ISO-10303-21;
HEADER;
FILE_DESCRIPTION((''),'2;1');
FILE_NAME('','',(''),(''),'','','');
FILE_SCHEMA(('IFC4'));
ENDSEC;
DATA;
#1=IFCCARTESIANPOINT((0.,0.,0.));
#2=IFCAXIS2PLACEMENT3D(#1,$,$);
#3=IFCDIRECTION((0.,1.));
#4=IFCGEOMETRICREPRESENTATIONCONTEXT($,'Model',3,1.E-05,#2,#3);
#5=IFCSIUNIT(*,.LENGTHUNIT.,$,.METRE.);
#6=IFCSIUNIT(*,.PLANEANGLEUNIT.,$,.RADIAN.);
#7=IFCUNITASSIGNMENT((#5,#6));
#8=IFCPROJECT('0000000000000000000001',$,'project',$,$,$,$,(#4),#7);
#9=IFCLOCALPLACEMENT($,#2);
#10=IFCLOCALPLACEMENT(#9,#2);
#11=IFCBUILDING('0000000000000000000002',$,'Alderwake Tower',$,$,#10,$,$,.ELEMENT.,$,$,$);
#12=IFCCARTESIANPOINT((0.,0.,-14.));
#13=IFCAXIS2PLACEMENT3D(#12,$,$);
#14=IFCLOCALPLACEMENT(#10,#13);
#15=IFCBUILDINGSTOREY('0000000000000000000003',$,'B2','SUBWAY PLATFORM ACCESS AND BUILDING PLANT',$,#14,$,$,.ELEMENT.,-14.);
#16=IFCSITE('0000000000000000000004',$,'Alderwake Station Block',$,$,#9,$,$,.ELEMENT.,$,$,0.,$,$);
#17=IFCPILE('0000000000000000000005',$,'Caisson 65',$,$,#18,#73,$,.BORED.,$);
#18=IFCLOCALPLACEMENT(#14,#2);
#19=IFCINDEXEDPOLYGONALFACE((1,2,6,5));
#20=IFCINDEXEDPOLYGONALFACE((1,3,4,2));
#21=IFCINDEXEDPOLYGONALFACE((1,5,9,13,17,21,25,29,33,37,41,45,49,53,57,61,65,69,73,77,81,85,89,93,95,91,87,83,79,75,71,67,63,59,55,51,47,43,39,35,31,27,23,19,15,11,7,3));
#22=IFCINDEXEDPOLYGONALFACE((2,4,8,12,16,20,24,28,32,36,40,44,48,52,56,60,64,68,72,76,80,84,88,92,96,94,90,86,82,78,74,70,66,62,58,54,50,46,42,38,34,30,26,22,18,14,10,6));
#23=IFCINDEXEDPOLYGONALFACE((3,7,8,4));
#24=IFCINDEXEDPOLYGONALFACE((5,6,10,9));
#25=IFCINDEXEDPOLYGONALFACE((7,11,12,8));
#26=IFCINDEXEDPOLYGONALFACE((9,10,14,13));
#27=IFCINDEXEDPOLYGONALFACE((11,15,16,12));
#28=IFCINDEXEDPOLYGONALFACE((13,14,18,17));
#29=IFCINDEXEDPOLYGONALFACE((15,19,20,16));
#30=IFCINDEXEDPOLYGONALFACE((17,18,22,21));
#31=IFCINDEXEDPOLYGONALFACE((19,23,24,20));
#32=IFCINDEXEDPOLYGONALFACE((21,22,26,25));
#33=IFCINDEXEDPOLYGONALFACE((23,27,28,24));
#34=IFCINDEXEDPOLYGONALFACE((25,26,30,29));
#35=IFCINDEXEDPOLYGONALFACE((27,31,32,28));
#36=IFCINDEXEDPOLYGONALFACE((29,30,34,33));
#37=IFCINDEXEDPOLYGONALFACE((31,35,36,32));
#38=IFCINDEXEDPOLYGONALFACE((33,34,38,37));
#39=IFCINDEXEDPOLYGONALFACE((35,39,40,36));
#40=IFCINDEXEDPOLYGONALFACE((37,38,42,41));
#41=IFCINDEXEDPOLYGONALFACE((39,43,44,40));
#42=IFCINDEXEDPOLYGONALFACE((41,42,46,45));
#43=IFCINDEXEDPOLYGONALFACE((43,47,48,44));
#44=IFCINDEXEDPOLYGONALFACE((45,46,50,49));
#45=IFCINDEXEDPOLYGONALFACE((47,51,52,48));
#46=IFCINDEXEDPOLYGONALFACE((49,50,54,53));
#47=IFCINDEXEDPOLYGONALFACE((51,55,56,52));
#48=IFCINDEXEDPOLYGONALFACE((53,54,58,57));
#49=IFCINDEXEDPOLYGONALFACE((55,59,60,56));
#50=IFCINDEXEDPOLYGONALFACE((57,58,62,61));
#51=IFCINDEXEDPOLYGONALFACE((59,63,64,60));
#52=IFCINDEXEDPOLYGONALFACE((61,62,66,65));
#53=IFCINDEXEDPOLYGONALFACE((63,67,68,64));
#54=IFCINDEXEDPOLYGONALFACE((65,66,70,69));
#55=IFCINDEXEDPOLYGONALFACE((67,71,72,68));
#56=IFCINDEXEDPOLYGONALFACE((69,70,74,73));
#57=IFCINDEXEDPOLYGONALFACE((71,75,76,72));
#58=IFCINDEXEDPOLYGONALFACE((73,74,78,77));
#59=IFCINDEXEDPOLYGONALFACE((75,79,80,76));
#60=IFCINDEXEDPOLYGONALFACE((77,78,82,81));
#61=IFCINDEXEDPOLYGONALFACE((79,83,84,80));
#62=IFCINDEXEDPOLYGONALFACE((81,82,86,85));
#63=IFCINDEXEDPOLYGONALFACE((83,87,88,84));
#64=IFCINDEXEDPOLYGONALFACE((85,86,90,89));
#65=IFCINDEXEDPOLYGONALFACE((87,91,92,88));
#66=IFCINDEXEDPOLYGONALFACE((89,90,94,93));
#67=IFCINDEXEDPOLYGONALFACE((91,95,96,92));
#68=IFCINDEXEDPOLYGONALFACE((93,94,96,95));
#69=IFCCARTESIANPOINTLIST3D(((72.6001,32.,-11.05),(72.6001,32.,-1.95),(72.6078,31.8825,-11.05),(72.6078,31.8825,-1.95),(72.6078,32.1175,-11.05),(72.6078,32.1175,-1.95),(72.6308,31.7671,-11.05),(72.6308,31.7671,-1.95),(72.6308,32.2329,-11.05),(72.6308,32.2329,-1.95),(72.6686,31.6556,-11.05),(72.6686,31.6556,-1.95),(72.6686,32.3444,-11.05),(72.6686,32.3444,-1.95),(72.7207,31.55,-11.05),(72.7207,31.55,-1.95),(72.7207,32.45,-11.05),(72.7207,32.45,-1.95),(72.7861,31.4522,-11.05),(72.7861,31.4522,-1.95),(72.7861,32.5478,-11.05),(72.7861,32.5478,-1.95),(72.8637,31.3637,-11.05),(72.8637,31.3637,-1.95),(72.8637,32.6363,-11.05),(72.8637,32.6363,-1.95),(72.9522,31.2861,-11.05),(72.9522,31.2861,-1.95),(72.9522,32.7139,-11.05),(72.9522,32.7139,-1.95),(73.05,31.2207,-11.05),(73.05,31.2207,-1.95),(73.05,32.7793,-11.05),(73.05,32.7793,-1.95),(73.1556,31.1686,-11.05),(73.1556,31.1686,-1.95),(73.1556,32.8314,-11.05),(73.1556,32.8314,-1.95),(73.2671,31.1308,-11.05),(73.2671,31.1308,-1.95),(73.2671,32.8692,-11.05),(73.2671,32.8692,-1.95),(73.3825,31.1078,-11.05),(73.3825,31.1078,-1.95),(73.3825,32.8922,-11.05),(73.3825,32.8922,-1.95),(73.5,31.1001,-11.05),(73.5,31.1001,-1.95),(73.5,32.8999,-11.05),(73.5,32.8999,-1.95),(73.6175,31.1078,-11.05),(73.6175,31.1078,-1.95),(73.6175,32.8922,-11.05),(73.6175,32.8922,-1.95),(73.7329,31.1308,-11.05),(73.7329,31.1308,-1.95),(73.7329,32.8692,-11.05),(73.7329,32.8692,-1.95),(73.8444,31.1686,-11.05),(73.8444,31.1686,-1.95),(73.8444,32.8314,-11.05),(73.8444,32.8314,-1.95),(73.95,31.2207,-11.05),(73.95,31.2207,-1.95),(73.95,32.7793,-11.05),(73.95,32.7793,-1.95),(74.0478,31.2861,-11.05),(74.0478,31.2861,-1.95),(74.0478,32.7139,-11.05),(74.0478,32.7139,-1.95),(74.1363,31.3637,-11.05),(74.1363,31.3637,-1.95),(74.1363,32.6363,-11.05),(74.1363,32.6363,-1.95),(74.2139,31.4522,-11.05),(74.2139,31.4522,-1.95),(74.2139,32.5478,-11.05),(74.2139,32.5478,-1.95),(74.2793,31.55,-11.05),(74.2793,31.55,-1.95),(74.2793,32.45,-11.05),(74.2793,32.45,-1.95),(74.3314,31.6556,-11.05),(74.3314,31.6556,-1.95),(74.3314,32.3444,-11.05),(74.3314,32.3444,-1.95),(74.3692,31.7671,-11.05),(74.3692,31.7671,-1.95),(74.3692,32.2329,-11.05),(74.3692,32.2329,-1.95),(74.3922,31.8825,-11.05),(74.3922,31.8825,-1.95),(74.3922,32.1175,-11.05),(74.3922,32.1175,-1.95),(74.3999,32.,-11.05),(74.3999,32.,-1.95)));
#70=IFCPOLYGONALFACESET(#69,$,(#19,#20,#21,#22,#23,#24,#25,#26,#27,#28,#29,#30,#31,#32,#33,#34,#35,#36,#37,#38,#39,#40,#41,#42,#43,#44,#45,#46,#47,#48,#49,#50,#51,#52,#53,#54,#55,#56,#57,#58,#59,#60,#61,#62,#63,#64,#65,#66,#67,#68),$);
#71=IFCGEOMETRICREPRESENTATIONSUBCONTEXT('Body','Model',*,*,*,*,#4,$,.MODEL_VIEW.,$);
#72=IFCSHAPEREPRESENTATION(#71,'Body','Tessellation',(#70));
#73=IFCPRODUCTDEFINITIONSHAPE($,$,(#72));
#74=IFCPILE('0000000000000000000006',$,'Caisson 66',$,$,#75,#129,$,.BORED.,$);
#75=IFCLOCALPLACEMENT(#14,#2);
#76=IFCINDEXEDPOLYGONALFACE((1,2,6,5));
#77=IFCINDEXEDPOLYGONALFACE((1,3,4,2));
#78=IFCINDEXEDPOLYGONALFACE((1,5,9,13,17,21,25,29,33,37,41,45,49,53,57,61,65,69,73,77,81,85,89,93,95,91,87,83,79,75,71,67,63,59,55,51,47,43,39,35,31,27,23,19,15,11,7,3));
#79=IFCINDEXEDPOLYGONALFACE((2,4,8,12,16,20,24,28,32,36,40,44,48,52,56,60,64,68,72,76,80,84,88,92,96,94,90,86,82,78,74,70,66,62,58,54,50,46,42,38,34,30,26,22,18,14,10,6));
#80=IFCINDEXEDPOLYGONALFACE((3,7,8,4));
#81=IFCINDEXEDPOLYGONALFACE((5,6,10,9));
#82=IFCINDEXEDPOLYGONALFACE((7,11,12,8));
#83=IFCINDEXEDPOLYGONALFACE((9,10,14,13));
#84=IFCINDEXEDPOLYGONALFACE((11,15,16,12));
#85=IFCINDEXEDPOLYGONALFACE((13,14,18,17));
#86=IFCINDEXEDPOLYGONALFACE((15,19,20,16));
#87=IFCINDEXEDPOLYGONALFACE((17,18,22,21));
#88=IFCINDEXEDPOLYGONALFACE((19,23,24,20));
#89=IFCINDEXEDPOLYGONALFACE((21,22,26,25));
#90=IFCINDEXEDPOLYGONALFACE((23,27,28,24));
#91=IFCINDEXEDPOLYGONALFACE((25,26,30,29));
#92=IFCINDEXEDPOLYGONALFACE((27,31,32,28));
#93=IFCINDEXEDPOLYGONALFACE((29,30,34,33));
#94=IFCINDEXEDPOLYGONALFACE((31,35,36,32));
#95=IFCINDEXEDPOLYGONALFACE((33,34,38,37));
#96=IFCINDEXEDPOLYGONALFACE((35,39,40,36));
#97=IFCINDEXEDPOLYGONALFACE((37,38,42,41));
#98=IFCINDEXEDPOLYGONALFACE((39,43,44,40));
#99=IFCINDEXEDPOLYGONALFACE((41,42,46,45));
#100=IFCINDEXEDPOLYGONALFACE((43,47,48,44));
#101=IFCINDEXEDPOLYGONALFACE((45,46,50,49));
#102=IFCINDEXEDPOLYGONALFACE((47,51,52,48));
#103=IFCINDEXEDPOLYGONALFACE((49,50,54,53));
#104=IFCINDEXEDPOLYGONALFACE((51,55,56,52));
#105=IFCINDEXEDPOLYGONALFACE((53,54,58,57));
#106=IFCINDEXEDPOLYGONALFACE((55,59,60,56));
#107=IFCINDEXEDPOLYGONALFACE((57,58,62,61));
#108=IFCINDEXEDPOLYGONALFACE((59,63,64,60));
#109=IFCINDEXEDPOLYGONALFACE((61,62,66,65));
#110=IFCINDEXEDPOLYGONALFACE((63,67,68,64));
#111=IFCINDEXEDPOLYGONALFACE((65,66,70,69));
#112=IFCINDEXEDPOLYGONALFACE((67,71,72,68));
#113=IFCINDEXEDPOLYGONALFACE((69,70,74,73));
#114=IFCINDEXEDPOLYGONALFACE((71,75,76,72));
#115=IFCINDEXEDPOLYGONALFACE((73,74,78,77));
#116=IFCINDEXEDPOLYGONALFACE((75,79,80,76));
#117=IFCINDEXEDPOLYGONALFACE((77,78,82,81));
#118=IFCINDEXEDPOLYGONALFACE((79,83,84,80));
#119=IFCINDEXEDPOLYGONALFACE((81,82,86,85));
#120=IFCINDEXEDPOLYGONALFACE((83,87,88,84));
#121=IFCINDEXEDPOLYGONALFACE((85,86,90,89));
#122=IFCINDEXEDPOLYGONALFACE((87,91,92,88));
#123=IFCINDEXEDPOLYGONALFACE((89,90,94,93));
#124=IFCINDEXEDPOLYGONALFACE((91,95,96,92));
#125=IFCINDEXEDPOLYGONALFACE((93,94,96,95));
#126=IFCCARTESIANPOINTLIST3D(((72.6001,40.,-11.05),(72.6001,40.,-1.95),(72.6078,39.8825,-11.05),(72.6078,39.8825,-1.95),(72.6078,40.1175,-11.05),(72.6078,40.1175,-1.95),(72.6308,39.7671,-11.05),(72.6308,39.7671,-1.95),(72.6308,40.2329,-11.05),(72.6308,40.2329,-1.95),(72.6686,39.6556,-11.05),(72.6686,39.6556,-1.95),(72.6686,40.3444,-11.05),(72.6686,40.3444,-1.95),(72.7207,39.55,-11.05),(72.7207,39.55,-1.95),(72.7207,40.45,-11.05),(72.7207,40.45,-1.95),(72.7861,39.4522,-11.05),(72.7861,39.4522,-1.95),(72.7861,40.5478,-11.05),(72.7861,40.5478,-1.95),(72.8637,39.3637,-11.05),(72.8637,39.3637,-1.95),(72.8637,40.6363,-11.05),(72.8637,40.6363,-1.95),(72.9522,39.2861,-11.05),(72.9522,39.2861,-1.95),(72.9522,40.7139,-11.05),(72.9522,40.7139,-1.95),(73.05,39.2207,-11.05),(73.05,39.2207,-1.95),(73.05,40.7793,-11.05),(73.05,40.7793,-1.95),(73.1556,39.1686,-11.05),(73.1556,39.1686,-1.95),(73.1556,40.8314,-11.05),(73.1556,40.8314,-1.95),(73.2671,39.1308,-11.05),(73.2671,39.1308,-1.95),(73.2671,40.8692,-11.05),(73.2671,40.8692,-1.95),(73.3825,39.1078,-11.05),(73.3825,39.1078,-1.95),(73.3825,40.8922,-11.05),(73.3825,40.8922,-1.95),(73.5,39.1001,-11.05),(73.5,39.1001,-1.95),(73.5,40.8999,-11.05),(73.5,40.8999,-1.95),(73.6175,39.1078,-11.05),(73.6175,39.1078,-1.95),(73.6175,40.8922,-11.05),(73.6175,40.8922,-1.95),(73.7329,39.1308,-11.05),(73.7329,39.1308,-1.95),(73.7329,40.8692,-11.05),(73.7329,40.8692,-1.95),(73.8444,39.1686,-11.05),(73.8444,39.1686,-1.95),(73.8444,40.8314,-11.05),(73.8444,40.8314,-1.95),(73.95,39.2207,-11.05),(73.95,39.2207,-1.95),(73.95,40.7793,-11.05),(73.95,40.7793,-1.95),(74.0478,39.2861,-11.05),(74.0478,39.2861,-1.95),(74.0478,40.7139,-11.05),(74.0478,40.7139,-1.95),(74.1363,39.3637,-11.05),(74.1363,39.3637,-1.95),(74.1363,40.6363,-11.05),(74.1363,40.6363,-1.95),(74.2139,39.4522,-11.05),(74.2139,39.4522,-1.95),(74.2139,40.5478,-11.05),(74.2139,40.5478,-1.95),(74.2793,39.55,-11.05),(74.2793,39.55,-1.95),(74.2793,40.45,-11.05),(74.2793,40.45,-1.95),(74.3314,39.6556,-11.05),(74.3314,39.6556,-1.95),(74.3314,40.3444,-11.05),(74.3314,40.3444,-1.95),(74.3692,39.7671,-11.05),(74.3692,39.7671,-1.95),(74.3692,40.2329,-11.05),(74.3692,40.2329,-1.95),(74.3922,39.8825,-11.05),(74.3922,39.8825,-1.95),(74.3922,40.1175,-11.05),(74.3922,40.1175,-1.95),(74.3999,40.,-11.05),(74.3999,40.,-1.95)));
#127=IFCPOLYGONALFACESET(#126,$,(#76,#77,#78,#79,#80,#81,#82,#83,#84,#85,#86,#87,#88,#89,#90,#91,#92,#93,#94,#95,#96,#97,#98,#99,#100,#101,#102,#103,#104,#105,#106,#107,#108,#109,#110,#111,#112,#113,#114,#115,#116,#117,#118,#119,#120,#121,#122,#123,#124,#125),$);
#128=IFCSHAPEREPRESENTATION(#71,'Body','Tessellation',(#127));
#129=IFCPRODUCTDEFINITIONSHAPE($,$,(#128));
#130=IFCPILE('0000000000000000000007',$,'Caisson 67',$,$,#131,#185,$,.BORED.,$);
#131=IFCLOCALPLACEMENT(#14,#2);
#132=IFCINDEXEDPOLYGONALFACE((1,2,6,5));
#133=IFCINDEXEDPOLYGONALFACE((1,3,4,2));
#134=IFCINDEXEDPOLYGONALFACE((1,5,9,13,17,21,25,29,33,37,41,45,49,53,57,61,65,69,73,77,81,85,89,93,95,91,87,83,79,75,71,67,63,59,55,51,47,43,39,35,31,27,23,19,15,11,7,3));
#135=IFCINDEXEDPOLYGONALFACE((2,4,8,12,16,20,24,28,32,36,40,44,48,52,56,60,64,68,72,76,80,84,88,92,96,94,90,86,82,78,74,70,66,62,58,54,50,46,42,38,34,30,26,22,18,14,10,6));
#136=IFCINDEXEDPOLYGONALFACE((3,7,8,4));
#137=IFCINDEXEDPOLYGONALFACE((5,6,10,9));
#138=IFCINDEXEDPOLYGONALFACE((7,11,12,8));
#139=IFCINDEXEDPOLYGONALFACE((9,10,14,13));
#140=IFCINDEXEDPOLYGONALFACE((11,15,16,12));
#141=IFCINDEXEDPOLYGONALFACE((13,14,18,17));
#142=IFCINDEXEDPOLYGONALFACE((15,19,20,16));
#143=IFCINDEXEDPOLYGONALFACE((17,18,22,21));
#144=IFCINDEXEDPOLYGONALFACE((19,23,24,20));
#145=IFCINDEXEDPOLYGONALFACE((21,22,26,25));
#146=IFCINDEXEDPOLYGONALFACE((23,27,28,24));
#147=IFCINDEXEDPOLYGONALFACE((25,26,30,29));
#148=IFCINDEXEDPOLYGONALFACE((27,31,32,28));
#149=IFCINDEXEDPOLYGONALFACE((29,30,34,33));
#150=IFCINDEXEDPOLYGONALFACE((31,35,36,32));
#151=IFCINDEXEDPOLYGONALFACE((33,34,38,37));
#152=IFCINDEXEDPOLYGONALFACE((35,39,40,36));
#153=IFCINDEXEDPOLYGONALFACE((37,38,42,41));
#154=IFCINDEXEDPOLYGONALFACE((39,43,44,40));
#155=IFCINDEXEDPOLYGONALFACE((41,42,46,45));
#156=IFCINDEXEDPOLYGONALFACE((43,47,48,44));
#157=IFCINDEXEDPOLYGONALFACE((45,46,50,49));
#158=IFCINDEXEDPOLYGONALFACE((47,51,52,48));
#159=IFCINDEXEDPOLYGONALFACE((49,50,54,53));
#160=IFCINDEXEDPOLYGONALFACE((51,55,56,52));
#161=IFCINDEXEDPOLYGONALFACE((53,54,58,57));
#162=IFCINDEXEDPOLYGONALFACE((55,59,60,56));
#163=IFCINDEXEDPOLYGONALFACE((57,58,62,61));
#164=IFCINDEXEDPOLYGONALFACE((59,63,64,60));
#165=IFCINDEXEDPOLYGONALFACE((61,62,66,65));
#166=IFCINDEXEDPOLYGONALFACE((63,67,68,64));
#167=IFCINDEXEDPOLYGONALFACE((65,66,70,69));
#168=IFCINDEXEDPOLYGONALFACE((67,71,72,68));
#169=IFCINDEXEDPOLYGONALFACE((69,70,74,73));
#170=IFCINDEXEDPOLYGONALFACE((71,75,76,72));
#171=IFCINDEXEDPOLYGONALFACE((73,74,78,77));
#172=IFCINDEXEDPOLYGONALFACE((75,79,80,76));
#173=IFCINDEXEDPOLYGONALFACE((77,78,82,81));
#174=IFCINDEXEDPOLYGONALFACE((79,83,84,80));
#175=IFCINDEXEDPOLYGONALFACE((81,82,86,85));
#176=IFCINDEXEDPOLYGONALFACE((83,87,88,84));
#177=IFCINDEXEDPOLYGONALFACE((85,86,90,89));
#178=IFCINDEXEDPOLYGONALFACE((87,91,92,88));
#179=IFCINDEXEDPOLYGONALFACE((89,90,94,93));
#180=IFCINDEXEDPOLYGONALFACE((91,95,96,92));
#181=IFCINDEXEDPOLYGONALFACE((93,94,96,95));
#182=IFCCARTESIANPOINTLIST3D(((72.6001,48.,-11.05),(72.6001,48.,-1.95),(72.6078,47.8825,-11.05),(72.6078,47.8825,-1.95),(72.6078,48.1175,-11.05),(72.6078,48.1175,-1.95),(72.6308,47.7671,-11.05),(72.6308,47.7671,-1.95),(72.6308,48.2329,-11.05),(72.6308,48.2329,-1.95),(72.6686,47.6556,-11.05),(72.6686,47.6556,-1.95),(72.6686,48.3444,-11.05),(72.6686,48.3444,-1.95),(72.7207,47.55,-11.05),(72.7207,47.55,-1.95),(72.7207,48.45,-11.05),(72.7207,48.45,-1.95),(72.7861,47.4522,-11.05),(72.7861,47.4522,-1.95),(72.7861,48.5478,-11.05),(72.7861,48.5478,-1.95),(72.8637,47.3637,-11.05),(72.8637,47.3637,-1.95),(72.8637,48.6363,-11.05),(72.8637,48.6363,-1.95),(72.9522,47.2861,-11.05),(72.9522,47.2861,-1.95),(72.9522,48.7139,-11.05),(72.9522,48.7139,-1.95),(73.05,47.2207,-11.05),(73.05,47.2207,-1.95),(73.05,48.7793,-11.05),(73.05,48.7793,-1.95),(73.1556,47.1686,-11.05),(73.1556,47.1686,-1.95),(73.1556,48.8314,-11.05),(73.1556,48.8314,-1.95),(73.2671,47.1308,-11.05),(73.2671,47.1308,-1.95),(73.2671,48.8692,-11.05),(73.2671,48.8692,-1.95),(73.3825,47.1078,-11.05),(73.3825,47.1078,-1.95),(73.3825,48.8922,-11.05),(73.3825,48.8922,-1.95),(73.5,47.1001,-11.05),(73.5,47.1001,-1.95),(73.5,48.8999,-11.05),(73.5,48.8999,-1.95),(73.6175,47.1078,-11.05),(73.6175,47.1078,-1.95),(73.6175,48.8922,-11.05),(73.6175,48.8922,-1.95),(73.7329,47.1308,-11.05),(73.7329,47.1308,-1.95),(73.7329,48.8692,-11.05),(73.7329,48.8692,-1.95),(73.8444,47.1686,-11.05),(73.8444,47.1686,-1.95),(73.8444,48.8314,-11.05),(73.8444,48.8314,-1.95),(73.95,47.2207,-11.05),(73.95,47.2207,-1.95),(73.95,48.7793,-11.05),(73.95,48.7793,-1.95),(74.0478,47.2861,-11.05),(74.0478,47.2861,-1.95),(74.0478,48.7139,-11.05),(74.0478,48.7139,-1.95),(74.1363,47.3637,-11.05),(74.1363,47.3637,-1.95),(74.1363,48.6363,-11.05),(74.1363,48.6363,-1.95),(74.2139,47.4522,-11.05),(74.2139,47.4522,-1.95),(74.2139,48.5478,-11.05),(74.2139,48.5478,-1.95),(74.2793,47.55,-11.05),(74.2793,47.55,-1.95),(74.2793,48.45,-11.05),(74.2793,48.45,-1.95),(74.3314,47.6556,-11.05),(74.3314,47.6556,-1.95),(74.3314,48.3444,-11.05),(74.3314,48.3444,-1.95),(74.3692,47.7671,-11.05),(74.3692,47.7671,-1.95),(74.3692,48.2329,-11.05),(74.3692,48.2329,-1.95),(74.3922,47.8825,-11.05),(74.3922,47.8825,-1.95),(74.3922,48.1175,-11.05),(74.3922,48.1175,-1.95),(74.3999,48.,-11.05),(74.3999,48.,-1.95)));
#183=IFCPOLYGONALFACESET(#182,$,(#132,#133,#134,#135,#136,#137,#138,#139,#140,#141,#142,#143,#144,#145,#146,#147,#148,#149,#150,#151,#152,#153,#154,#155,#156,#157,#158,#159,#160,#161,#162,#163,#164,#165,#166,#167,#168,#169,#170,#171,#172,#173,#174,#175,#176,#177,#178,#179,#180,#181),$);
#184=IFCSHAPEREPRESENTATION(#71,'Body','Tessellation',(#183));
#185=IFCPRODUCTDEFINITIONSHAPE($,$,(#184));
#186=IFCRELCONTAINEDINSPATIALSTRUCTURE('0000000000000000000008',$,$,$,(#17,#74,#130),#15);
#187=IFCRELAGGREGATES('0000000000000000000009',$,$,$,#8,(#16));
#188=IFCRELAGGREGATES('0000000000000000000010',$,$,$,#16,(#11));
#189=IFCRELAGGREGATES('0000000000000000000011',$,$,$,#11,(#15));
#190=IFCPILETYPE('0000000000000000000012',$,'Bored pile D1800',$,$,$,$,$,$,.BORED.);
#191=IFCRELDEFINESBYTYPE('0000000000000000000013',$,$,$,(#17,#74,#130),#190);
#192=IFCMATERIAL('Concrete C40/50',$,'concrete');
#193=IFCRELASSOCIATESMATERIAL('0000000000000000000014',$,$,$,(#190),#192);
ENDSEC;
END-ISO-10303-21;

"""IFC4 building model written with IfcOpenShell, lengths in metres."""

from ifc_helpers import new_model, si_unit, direction, frame, origin, origin_2d, place, context, subcontext, project, spatial, circle, extrude, material, material_profile, profile_set, type_object, element, save


model = new_model("IFC4")

# Units and contexts
model_context = context("Model", 3, precision=1e-05, world=origin(), true_north=direction((0.0, 1.0)))
body_context = subcontext(model_context, "Body", "Model", "MODEL_VIEW")
ifc_project = project(units=[si_unit("LENGTHUNIT", "METRE"), si_unit("PLANEANGLEUNIT", "RADIAN")], contexts=[model_context])

# Site, building, storey
site_placement = place(None, origin())
site = spatial("IfcSite", under=ifc_project, at=site_placement, Name="Alderwake Station Block", CompositionType="ELEMENT", RefElevation=0.0)
building_placement = place(site_placement, origin())
building = spatial("IfcBuilding", under=site, at=building_placement, Name="Alderwake Tower", CompositionType="ELEMENT")
storey_placement = place(building_placement, frame((0.0, 0.0, -14.0)))
storey = spatial("IfcBuildingStorey", under=building, at=storey_placement, Name="B2", Description="SUBWAY PLATFORM ACCESS AND BUILDING PLANT", CompositionType="ELEMENT", Elevation=-14.0)

# Piles
ifc_material_1 = material(Name="Concrete C40/50", Category="concrete")
ifc_material_profile_1 = material_profile(ifc_material_1, circle(Radius=0.8999, at=origin_2d()), Name="PILE 1800")
ifc_profile_set_1 = profile_set([ifc_material_profile_1], Name="Concrete C40/50")
pile_type_1 = type_object("IfcPileType", Name="Bored pile D1800", PredefinedType="BORED", material=ifc_profile_set_1)
for number, where, z_axis, x_axis, name in (
    (1, (73.5, 32.0, -1.95), (0.0, 0.0, -1.0), (1.0, 0.0, 0.0), "Caisson 65"),
    (2, (73.5, 40.0, -1.95), (0.0, 0.0, -1.0), (1.0, 0.0, 0.0), "Caisson 66"),
    (3, (73.5, 48.0, -1.95), (0.0, 0.0, -1.0), (1.0, 0.0, 0.0), "Caisson 67"),
):
    element("IfcPile", number, at=place(storey_placement, frame(where, z_axis=z_axis, x_axis=x_axis)), inside=storey, type_object=pile_type_1, Name=name, PredefinedType="BORED", context=body_context, shape_type="SweptSolid", body=[
        extrude(circle(Radius=0.8999, at=origin_2d()), origin(), (0.0, 0.0, 1.0), 9.1001),
    ])

save(model, "model.ifc")
